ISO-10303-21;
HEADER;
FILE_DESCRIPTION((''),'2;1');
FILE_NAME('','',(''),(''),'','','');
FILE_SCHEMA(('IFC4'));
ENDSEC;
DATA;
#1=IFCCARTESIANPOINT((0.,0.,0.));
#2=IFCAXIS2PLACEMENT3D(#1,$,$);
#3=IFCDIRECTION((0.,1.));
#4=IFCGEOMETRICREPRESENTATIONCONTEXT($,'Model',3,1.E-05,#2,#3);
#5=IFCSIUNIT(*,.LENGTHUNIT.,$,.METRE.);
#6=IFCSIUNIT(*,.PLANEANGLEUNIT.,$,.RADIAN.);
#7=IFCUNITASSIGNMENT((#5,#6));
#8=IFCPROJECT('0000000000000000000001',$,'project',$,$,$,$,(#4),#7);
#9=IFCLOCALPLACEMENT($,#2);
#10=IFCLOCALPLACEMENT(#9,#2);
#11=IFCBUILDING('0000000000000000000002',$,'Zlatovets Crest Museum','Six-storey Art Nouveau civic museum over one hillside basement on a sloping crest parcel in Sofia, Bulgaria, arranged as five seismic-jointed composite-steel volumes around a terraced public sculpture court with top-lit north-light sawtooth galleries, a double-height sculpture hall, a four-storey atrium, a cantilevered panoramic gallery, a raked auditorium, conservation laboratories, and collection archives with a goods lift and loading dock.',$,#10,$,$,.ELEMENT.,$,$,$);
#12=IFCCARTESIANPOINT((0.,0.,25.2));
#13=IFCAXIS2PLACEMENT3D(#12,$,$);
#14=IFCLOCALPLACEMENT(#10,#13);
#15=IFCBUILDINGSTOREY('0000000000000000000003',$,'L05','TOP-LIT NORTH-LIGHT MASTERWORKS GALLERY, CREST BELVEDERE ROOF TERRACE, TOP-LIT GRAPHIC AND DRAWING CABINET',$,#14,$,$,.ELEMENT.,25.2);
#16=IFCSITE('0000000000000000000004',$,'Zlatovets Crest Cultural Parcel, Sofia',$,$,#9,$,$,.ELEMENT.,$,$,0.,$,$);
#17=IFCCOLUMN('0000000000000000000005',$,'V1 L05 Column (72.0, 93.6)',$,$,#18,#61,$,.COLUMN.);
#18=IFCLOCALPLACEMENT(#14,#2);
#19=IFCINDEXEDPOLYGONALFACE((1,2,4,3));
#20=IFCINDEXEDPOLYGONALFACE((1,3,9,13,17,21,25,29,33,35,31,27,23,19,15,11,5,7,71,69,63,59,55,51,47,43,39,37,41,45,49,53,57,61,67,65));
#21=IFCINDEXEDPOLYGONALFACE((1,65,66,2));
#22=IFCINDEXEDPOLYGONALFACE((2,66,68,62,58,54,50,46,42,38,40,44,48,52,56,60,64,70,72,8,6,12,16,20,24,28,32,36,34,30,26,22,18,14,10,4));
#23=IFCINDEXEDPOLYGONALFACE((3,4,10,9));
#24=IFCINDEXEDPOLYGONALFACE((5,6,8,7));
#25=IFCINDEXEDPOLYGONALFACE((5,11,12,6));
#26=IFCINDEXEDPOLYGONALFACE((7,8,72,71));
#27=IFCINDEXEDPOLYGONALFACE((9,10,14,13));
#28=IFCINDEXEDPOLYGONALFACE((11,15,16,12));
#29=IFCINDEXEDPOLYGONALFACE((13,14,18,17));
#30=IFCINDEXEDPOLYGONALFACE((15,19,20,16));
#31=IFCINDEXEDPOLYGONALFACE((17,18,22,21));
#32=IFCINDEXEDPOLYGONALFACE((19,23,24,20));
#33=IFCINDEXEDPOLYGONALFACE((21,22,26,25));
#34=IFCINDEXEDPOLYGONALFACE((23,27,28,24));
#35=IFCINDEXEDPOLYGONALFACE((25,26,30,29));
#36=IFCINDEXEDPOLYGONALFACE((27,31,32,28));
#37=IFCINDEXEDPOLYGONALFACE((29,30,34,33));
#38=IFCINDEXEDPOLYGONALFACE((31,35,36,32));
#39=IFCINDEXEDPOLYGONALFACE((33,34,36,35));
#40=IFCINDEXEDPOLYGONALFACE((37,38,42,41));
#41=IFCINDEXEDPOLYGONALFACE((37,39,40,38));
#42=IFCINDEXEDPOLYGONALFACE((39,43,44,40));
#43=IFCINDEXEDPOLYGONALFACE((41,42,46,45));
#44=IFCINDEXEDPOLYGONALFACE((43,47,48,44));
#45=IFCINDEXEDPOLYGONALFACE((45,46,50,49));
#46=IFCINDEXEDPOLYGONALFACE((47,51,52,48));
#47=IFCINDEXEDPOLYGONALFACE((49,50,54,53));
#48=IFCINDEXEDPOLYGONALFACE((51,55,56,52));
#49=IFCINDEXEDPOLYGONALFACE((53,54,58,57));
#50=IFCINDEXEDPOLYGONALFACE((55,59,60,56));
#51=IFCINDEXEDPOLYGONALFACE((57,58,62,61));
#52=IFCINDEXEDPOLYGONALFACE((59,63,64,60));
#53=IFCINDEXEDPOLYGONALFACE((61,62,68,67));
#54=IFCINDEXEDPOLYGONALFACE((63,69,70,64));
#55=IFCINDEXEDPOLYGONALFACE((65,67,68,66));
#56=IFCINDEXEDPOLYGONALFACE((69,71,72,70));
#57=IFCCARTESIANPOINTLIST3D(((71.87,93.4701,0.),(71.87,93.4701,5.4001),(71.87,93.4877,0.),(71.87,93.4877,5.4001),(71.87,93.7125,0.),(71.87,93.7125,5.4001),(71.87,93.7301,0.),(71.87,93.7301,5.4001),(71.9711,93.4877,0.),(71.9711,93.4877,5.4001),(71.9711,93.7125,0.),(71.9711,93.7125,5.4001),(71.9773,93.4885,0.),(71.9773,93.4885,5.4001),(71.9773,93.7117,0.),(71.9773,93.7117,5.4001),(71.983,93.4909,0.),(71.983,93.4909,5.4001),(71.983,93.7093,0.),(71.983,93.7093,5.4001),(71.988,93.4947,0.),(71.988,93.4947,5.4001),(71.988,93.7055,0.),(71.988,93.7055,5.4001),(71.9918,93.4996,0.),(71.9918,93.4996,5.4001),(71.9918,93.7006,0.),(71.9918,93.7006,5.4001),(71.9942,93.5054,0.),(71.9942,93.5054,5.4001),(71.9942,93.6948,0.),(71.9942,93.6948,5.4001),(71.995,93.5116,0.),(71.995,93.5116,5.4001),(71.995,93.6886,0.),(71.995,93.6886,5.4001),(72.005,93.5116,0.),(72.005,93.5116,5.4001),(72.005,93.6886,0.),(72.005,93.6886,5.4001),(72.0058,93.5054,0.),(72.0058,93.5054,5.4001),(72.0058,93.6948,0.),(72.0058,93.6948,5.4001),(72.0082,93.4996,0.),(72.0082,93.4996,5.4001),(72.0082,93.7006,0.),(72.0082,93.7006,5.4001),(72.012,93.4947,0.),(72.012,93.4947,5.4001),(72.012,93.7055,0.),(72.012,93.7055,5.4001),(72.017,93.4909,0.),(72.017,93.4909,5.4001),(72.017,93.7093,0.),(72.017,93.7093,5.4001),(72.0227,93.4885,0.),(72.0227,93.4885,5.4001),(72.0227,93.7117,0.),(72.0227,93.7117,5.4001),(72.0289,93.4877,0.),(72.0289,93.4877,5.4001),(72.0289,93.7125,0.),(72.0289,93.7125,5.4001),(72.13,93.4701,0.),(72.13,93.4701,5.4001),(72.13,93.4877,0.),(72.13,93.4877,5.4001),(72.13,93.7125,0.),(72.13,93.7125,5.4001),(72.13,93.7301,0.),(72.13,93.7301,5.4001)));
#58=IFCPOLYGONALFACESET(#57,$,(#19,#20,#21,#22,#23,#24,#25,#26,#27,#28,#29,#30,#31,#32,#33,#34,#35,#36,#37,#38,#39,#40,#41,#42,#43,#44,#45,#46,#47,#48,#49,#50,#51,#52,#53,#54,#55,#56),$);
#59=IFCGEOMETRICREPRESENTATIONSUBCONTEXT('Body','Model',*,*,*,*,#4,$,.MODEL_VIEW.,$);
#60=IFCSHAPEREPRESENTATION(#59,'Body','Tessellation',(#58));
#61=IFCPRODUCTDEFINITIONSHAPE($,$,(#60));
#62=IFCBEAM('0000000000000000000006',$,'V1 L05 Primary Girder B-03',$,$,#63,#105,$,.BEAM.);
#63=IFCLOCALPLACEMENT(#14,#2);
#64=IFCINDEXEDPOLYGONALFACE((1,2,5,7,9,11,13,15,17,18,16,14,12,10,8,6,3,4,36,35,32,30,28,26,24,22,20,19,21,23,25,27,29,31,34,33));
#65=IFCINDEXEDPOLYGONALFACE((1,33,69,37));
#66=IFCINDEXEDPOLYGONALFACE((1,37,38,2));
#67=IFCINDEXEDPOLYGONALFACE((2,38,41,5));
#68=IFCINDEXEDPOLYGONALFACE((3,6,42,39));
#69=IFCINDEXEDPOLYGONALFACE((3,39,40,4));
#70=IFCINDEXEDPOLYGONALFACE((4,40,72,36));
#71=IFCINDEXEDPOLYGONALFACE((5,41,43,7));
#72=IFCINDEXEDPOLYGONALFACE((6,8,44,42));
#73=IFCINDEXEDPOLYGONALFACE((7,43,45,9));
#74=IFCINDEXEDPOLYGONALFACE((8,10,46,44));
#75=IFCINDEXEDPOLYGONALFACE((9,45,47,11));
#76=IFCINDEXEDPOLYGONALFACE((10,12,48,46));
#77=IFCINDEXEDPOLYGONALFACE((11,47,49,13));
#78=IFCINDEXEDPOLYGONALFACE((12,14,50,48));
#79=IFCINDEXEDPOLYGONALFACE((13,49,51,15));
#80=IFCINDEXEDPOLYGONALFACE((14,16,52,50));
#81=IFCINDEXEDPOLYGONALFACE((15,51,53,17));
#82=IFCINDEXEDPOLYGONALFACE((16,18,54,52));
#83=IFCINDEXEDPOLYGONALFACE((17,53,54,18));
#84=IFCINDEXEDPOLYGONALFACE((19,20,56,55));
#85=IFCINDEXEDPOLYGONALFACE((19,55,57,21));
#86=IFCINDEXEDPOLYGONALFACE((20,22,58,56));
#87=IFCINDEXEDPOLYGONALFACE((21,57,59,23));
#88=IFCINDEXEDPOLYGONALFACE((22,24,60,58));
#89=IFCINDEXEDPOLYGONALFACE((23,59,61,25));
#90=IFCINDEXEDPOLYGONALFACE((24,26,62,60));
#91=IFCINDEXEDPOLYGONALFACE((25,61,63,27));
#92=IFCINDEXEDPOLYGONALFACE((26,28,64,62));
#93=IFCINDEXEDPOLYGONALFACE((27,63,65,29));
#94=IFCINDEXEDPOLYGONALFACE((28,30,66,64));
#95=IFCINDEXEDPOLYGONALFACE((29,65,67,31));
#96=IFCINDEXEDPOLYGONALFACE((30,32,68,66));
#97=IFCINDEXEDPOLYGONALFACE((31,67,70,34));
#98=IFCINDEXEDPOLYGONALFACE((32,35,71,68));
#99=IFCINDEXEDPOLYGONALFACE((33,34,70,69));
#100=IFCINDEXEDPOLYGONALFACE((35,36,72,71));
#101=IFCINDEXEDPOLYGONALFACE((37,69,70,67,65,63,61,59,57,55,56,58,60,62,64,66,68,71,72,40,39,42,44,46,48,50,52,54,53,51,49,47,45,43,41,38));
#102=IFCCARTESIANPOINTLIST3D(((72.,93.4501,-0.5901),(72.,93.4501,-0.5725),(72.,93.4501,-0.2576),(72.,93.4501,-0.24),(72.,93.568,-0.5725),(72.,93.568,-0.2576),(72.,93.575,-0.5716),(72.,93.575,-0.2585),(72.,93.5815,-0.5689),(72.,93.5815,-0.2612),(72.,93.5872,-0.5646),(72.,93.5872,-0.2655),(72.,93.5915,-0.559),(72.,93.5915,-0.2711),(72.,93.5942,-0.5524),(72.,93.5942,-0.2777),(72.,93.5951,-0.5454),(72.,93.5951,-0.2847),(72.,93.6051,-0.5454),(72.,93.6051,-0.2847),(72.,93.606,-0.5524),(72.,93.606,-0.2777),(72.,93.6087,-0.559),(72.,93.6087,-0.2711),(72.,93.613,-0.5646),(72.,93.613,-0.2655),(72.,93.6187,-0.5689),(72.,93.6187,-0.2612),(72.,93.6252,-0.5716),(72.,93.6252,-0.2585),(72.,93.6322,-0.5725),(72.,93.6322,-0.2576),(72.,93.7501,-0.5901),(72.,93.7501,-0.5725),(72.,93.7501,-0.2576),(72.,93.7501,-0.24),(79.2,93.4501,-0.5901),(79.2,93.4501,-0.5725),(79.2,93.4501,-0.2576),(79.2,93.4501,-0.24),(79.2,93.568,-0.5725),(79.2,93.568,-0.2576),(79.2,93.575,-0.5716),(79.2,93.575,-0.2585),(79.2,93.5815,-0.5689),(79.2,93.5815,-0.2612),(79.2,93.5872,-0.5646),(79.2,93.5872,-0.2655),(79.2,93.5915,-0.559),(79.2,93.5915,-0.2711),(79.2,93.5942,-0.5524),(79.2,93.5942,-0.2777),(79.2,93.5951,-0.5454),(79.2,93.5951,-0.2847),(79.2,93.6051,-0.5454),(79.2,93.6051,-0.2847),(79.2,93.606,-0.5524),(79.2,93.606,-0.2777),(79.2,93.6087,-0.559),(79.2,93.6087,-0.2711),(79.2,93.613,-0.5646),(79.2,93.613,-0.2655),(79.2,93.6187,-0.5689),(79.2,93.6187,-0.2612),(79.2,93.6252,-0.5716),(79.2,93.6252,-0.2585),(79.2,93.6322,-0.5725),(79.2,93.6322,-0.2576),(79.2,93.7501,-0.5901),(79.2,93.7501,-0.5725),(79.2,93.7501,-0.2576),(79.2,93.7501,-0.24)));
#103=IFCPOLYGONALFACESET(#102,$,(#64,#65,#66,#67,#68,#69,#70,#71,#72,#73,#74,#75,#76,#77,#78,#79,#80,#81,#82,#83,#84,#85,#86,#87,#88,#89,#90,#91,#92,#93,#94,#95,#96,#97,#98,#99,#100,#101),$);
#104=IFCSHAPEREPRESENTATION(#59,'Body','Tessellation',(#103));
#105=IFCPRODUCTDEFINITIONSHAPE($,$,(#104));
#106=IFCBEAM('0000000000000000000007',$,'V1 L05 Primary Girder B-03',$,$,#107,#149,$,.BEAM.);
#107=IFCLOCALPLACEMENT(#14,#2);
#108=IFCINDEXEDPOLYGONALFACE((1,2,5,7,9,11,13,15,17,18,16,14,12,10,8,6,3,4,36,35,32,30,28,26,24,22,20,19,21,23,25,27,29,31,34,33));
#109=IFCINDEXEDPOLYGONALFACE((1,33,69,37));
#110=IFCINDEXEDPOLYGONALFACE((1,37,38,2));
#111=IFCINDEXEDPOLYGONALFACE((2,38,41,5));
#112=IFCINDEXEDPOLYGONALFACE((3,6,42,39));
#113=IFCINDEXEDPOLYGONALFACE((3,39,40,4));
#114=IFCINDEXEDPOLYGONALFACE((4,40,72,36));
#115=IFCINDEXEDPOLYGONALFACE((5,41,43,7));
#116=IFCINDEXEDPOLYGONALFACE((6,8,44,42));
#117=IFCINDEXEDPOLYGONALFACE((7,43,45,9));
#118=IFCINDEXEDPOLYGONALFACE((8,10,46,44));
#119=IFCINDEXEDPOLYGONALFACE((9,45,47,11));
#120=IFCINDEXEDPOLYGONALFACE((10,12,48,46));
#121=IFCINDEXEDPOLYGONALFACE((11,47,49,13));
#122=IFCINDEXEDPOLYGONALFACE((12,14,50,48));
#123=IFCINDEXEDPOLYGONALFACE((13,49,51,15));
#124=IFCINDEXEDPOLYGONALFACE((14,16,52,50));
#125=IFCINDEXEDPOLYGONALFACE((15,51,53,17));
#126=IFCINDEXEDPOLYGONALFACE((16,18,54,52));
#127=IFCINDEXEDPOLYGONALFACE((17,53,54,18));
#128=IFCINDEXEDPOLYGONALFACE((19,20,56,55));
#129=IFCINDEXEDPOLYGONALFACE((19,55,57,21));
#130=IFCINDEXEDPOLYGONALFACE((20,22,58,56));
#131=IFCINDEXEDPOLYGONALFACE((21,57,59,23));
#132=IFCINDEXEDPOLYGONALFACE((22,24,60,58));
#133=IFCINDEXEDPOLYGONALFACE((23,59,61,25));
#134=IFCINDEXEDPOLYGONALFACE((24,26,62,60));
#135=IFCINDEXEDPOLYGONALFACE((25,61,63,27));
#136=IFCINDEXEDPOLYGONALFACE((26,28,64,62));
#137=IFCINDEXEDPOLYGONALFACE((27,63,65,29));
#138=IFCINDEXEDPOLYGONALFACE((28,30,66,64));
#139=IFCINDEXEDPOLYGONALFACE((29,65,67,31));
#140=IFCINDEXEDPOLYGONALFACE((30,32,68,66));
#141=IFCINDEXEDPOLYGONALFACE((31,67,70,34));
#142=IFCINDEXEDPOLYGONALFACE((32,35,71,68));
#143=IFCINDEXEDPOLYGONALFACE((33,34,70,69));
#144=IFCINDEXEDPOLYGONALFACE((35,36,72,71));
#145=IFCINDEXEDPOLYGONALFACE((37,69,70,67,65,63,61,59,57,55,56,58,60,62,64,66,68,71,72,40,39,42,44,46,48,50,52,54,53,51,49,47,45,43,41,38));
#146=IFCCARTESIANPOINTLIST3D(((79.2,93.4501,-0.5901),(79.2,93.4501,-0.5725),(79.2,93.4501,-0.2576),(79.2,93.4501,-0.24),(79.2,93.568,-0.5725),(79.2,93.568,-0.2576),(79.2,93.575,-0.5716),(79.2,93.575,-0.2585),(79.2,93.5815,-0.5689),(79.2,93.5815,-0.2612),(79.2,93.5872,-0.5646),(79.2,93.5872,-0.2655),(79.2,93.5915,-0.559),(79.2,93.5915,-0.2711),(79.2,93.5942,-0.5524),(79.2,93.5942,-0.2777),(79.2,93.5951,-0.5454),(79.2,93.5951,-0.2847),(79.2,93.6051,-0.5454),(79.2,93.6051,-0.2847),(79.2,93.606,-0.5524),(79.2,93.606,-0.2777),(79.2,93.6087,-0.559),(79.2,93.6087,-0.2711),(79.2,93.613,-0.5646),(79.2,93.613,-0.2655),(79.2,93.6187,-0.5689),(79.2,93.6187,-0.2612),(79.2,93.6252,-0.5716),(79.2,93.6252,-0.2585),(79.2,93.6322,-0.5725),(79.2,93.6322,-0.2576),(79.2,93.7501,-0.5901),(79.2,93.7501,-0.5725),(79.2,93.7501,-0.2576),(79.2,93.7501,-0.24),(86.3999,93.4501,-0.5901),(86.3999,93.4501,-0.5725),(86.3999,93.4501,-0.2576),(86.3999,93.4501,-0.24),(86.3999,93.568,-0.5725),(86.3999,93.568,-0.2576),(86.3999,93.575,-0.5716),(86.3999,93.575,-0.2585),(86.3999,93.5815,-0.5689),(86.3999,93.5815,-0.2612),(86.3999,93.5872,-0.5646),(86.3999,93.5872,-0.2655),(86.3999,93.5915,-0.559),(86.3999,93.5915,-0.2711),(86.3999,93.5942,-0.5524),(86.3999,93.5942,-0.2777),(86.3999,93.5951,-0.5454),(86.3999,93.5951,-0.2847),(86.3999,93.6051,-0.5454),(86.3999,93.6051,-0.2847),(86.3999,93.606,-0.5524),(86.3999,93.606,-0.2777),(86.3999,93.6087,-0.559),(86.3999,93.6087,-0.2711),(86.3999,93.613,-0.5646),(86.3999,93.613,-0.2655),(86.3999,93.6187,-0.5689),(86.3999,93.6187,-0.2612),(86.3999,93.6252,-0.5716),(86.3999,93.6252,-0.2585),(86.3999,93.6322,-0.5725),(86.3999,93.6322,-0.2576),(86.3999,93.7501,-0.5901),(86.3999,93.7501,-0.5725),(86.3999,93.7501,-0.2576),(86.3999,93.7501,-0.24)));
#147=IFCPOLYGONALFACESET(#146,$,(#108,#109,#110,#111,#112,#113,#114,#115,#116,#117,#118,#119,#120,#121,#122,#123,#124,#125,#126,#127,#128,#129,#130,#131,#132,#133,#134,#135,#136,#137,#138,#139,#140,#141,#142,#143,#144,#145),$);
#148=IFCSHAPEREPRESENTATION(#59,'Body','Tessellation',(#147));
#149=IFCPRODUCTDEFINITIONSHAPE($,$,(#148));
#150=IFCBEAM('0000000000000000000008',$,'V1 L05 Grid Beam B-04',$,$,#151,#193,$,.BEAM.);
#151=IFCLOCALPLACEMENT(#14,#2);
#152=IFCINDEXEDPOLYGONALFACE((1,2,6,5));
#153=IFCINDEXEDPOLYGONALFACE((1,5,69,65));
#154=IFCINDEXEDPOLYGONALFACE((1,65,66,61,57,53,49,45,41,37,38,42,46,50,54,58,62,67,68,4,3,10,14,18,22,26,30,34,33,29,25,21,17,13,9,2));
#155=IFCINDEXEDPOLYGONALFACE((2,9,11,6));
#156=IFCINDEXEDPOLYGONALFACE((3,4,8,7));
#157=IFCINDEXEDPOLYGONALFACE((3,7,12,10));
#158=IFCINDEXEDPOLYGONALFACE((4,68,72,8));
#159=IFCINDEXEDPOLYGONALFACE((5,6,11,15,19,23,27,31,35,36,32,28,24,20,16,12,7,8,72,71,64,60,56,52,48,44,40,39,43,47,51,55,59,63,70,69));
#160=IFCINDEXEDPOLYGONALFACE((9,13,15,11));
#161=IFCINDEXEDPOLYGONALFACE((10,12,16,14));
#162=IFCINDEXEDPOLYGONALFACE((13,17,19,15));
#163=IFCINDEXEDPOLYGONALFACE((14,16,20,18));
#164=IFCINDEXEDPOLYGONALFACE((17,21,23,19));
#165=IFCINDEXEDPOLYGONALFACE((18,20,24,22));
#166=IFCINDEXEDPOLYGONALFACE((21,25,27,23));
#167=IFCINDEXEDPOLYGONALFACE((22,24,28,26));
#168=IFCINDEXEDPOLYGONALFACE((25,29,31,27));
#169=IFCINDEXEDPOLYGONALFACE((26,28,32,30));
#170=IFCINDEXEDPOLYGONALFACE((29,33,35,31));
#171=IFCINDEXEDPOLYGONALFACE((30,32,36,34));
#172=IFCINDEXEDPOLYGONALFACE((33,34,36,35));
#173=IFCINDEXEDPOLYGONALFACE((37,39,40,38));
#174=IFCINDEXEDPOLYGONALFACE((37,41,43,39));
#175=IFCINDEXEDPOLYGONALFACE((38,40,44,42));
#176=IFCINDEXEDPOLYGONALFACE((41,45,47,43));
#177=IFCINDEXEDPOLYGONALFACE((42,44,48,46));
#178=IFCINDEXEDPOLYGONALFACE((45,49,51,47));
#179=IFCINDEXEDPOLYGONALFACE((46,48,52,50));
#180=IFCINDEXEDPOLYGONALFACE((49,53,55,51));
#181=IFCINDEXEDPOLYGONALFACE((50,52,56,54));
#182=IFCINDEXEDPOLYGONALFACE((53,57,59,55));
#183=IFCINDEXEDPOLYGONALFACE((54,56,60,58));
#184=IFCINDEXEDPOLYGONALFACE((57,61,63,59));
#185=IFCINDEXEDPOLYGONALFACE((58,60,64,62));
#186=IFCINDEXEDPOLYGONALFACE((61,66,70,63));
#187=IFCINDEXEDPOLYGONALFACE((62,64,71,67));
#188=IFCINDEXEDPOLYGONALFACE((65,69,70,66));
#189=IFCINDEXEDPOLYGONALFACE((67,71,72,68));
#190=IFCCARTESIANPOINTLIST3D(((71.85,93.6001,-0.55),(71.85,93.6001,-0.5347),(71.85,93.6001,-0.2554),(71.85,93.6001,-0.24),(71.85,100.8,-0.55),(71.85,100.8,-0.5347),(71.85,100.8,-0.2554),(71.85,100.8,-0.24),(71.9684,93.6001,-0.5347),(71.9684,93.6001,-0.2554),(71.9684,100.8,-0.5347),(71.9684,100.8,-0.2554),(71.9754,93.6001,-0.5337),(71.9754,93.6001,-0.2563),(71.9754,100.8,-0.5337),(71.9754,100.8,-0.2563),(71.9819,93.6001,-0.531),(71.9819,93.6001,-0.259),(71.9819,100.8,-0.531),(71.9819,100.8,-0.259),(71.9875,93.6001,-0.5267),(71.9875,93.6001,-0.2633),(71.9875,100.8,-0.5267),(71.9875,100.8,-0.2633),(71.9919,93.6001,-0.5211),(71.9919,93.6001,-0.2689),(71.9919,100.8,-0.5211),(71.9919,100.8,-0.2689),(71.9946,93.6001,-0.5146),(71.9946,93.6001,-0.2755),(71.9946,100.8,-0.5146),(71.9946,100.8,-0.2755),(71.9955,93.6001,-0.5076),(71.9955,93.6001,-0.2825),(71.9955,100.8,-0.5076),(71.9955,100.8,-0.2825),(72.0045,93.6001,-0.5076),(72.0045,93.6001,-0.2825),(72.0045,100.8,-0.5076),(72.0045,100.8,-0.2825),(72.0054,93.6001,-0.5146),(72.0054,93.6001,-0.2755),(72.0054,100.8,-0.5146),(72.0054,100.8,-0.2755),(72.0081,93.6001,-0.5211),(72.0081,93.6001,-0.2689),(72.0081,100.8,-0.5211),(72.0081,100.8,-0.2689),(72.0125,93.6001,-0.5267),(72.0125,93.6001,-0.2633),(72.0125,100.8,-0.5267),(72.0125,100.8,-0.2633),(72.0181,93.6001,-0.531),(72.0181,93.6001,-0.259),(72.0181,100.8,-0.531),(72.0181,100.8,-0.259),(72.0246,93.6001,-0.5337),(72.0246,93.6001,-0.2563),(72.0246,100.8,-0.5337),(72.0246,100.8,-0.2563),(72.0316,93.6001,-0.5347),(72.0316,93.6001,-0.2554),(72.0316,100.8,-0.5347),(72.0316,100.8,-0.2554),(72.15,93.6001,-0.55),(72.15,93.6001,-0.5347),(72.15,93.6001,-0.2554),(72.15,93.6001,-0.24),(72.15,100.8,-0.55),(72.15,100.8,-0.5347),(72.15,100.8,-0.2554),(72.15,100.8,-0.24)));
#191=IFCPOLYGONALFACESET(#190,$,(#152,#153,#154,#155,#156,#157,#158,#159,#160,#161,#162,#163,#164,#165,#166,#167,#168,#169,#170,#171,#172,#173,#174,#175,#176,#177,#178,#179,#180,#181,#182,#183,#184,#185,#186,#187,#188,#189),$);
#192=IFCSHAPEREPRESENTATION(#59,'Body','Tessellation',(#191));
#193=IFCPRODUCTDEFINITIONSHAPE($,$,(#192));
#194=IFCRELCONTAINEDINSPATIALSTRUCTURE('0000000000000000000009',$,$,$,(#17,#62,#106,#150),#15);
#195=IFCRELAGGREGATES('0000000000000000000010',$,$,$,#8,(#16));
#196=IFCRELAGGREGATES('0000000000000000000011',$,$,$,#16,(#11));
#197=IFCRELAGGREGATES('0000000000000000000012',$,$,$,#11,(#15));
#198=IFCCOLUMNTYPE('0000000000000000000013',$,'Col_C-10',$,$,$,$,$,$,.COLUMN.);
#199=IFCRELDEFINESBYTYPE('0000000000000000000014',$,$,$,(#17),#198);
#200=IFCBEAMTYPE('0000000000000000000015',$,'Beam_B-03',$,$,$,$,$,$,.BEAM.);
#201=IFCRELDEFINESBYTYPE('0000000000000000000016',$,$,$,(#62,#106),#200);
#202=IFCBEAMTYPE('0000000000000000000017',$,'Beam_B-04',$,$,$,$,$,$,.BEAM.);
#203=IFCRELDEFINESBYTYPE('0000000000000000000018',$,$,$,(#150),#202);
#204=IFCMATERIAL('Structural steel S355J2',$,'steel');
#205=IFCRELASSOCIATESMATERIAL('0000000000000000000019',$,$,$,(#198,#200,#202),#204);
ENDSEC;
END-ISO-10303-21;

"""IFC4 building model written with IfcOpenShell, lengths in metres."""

from ifc_helpers import new_model, si_unit, direction, frame, origin, origin_2d, place, context, subcontext, project, spatial, i_section, extrude, material, material_profile, profile_set, type_object, element, save


model = new_model("IFC4")

# Units and contexts
model_context = context("Model", 3, precision=1e-05, world=origin(), true_north=direction((0.0, 1.0)))
body_context = subcontext(model_context, "Body", "Model", "MODEL_VIEW")
ifc_project = project(units=[si_unit("LENGTHUNIT", "METRE"), si_unit("PLANEANGLEUNIT", "RADIAN")], contexts=[model_context])

# Site, building, storey
site_placement = place(None, origin())
site = spatial("IfcSite", under=ifc_project, at=site_placement, Name="Zlatovets Crest Cultural Parcel, Sofia", CompositionType="ELEMENT", RefElevation=0.0)
building_placement = place(site_placement, origin())
building = spatial("IfcBuilding", under=site, at=building_placement, Name="Zlatovets Crest Museum", Description="Six-storey Art Nouveau civic museum over one hillside basement on a sloping crest parcel in Sofia, Bulgaria, arranged as five seismic-jointed composite-steel volumes around a terraced public sculpture court with top-lit north-light sawtooth galleries, a double-height sculpture hall, a four-storey atrium, a cantilevered panoramic gallery, a raked auditorium, conservation laboratories, and collection archives with a goods lift and loading dock.", CompositionType="ELEMENT")
storey_placement = place(building_placement, frame((0.0, 0.0, 25.2)))
storey = spatial("IfcBuildingStorey", under=building, at=storey_placement, Name="L05", Description="TOP-LIT NORTH-LIGHT MASTERWORKS GALLERY, CREST BELVEDERE ROOF TERRACE, TOP-LIT GRAPHIC AND DRAWING CABINET", CompositionType="ELEMENT", Elevation=25.2)

# Column
ifc_material_1 = material(Name="Structural steel S355J2", Category="steel")
ifc_material_profile_1 = material_profile(ifc_material_1, i_section(OverallWidth=0.26, OverallDepth=0.26, WebThickness=0.01, FlangeThickness=0.0176, FilletRadius=0.0239, at=origin_2d()), Name="HEB 260")
ifc_profile_set_1 = profile_set([ifc_material_profile_1], Name="Structural steel S355J2")
column_type = type_object("IfcColumnType", Name="Col_C-10", PredefinedType="COLUMN", material=ifc_profile_set_1)
column_placement = place(storey_placement, frame((72.0, 93.6001, 0.0), z_axis=(0.0, 0.0, 1.0), x_axis=(1.0, 0.0, 0.0)))
element("IfcColumn", 1, at=column_placement, inside=storey, type_object=column_type, Name="V1 L05 Column (72.0, 93.6)", PredefinedType="COLUMN", context=body_context, shape_type="SweptSolid", body=[
    extrude(i_section(OverallWidth=0.26, OverallDepth=0.26, WebThickness=0.01, FlangeThickness=0.0176, FilletRadius=0.0239, at=origin_2d()), origin(), (0.0, 0.0, 1.0), 5.4001),
])

# Beams
ifc_material_profile_2 = material_profile(ifc_material_1, i_section(OverallWidth=0.3, OverallDepth=0.3501, WebThickness=0.01, FlangeThickness=0.0176, FilletRadius=0.0271, at=origin_2d()), Name="HEA 360")
ifc_profile_set_2 = profile_set([ifc_material_profile_2], Name="Structural steel S355J2")
beam_type_1 = type_object("IfcBeamType", Name="Beam_B-03", PredefinedType="BEAM", material=ifc_profile_set_2)
for number, where, z_axis, x_axis, name in (
    (2, (72.0, 93.6001, -0.415), (1.0, 0.0, 0.0), (0.0, 1.0, 0.0), "V1 L05 Primary Girder B-03"),
    (3, (79.2, 93.6001, -0.415), (1.0, 0.0, 0.0), (0.0, 1.0, 0.0), "V1 L05 Primary Girder B-03"),
):
    element("IfcBeam", number, at=place(storey_placement, frame(where, z_axis=z_axis, x_axis=x_axis)), inside=storey, type_object=beam_type_1, Name=name, PredefinedType="BEAM", context=body_context, shape_type="SweptSolid", body=[
        extrude(i_section(OverallWidth=0.3, OverallDepth=0.3501, WebThickness=0.01, FlangeThickness=0.0176, FilletRadius=0.0271, at=origin_2d()), origin(), (0.0, 0.0, 1.0), 7.2),
    ])
ifc_material_profile_3 = material_profile(ifc_material_1, i_section(OverallWidth=0.3, OverallDepth=0.3101, WebThickness=0.009, FlangeThickness=0.0154, FilletRadius=0.0271, at=origin_2d()), Name="HEA 320")
ifc_profile_set_3 = profile_set([ifc_material_profile_3], Name="Structural steel S355J2")
beam_type_2 = type_object("IfcBeamType", Name="Beam_B-04", PredefinedType="BEAM", material=ifc_profile_set_3)
beam_placement = place(storey_placement, frame((72.0, 93.6001, -0.395), z_axis=(0.0, 1.0, 0.0), x_axis=(-1.0, 0.0, 0.0)))
element("IfcBeam", 4, at=beam_placement, inside=storey, type_object=beam_type_2, Name="V1 L05 Grid Beam B-04", PredefinedType="BEAM", context=body_context, shape_type="SweptSolid", body=[
    extrude(i_section(OverallWidth=0.3, OverallDepth=0.3101, WebThickness=0.009, FlangeThickness=0.0154, FilletRadius=0.0271, at=origin_2d()), origin(), (0.0, 0.0, 1.0), 7.2),
])

save(model, "model.ifc")
